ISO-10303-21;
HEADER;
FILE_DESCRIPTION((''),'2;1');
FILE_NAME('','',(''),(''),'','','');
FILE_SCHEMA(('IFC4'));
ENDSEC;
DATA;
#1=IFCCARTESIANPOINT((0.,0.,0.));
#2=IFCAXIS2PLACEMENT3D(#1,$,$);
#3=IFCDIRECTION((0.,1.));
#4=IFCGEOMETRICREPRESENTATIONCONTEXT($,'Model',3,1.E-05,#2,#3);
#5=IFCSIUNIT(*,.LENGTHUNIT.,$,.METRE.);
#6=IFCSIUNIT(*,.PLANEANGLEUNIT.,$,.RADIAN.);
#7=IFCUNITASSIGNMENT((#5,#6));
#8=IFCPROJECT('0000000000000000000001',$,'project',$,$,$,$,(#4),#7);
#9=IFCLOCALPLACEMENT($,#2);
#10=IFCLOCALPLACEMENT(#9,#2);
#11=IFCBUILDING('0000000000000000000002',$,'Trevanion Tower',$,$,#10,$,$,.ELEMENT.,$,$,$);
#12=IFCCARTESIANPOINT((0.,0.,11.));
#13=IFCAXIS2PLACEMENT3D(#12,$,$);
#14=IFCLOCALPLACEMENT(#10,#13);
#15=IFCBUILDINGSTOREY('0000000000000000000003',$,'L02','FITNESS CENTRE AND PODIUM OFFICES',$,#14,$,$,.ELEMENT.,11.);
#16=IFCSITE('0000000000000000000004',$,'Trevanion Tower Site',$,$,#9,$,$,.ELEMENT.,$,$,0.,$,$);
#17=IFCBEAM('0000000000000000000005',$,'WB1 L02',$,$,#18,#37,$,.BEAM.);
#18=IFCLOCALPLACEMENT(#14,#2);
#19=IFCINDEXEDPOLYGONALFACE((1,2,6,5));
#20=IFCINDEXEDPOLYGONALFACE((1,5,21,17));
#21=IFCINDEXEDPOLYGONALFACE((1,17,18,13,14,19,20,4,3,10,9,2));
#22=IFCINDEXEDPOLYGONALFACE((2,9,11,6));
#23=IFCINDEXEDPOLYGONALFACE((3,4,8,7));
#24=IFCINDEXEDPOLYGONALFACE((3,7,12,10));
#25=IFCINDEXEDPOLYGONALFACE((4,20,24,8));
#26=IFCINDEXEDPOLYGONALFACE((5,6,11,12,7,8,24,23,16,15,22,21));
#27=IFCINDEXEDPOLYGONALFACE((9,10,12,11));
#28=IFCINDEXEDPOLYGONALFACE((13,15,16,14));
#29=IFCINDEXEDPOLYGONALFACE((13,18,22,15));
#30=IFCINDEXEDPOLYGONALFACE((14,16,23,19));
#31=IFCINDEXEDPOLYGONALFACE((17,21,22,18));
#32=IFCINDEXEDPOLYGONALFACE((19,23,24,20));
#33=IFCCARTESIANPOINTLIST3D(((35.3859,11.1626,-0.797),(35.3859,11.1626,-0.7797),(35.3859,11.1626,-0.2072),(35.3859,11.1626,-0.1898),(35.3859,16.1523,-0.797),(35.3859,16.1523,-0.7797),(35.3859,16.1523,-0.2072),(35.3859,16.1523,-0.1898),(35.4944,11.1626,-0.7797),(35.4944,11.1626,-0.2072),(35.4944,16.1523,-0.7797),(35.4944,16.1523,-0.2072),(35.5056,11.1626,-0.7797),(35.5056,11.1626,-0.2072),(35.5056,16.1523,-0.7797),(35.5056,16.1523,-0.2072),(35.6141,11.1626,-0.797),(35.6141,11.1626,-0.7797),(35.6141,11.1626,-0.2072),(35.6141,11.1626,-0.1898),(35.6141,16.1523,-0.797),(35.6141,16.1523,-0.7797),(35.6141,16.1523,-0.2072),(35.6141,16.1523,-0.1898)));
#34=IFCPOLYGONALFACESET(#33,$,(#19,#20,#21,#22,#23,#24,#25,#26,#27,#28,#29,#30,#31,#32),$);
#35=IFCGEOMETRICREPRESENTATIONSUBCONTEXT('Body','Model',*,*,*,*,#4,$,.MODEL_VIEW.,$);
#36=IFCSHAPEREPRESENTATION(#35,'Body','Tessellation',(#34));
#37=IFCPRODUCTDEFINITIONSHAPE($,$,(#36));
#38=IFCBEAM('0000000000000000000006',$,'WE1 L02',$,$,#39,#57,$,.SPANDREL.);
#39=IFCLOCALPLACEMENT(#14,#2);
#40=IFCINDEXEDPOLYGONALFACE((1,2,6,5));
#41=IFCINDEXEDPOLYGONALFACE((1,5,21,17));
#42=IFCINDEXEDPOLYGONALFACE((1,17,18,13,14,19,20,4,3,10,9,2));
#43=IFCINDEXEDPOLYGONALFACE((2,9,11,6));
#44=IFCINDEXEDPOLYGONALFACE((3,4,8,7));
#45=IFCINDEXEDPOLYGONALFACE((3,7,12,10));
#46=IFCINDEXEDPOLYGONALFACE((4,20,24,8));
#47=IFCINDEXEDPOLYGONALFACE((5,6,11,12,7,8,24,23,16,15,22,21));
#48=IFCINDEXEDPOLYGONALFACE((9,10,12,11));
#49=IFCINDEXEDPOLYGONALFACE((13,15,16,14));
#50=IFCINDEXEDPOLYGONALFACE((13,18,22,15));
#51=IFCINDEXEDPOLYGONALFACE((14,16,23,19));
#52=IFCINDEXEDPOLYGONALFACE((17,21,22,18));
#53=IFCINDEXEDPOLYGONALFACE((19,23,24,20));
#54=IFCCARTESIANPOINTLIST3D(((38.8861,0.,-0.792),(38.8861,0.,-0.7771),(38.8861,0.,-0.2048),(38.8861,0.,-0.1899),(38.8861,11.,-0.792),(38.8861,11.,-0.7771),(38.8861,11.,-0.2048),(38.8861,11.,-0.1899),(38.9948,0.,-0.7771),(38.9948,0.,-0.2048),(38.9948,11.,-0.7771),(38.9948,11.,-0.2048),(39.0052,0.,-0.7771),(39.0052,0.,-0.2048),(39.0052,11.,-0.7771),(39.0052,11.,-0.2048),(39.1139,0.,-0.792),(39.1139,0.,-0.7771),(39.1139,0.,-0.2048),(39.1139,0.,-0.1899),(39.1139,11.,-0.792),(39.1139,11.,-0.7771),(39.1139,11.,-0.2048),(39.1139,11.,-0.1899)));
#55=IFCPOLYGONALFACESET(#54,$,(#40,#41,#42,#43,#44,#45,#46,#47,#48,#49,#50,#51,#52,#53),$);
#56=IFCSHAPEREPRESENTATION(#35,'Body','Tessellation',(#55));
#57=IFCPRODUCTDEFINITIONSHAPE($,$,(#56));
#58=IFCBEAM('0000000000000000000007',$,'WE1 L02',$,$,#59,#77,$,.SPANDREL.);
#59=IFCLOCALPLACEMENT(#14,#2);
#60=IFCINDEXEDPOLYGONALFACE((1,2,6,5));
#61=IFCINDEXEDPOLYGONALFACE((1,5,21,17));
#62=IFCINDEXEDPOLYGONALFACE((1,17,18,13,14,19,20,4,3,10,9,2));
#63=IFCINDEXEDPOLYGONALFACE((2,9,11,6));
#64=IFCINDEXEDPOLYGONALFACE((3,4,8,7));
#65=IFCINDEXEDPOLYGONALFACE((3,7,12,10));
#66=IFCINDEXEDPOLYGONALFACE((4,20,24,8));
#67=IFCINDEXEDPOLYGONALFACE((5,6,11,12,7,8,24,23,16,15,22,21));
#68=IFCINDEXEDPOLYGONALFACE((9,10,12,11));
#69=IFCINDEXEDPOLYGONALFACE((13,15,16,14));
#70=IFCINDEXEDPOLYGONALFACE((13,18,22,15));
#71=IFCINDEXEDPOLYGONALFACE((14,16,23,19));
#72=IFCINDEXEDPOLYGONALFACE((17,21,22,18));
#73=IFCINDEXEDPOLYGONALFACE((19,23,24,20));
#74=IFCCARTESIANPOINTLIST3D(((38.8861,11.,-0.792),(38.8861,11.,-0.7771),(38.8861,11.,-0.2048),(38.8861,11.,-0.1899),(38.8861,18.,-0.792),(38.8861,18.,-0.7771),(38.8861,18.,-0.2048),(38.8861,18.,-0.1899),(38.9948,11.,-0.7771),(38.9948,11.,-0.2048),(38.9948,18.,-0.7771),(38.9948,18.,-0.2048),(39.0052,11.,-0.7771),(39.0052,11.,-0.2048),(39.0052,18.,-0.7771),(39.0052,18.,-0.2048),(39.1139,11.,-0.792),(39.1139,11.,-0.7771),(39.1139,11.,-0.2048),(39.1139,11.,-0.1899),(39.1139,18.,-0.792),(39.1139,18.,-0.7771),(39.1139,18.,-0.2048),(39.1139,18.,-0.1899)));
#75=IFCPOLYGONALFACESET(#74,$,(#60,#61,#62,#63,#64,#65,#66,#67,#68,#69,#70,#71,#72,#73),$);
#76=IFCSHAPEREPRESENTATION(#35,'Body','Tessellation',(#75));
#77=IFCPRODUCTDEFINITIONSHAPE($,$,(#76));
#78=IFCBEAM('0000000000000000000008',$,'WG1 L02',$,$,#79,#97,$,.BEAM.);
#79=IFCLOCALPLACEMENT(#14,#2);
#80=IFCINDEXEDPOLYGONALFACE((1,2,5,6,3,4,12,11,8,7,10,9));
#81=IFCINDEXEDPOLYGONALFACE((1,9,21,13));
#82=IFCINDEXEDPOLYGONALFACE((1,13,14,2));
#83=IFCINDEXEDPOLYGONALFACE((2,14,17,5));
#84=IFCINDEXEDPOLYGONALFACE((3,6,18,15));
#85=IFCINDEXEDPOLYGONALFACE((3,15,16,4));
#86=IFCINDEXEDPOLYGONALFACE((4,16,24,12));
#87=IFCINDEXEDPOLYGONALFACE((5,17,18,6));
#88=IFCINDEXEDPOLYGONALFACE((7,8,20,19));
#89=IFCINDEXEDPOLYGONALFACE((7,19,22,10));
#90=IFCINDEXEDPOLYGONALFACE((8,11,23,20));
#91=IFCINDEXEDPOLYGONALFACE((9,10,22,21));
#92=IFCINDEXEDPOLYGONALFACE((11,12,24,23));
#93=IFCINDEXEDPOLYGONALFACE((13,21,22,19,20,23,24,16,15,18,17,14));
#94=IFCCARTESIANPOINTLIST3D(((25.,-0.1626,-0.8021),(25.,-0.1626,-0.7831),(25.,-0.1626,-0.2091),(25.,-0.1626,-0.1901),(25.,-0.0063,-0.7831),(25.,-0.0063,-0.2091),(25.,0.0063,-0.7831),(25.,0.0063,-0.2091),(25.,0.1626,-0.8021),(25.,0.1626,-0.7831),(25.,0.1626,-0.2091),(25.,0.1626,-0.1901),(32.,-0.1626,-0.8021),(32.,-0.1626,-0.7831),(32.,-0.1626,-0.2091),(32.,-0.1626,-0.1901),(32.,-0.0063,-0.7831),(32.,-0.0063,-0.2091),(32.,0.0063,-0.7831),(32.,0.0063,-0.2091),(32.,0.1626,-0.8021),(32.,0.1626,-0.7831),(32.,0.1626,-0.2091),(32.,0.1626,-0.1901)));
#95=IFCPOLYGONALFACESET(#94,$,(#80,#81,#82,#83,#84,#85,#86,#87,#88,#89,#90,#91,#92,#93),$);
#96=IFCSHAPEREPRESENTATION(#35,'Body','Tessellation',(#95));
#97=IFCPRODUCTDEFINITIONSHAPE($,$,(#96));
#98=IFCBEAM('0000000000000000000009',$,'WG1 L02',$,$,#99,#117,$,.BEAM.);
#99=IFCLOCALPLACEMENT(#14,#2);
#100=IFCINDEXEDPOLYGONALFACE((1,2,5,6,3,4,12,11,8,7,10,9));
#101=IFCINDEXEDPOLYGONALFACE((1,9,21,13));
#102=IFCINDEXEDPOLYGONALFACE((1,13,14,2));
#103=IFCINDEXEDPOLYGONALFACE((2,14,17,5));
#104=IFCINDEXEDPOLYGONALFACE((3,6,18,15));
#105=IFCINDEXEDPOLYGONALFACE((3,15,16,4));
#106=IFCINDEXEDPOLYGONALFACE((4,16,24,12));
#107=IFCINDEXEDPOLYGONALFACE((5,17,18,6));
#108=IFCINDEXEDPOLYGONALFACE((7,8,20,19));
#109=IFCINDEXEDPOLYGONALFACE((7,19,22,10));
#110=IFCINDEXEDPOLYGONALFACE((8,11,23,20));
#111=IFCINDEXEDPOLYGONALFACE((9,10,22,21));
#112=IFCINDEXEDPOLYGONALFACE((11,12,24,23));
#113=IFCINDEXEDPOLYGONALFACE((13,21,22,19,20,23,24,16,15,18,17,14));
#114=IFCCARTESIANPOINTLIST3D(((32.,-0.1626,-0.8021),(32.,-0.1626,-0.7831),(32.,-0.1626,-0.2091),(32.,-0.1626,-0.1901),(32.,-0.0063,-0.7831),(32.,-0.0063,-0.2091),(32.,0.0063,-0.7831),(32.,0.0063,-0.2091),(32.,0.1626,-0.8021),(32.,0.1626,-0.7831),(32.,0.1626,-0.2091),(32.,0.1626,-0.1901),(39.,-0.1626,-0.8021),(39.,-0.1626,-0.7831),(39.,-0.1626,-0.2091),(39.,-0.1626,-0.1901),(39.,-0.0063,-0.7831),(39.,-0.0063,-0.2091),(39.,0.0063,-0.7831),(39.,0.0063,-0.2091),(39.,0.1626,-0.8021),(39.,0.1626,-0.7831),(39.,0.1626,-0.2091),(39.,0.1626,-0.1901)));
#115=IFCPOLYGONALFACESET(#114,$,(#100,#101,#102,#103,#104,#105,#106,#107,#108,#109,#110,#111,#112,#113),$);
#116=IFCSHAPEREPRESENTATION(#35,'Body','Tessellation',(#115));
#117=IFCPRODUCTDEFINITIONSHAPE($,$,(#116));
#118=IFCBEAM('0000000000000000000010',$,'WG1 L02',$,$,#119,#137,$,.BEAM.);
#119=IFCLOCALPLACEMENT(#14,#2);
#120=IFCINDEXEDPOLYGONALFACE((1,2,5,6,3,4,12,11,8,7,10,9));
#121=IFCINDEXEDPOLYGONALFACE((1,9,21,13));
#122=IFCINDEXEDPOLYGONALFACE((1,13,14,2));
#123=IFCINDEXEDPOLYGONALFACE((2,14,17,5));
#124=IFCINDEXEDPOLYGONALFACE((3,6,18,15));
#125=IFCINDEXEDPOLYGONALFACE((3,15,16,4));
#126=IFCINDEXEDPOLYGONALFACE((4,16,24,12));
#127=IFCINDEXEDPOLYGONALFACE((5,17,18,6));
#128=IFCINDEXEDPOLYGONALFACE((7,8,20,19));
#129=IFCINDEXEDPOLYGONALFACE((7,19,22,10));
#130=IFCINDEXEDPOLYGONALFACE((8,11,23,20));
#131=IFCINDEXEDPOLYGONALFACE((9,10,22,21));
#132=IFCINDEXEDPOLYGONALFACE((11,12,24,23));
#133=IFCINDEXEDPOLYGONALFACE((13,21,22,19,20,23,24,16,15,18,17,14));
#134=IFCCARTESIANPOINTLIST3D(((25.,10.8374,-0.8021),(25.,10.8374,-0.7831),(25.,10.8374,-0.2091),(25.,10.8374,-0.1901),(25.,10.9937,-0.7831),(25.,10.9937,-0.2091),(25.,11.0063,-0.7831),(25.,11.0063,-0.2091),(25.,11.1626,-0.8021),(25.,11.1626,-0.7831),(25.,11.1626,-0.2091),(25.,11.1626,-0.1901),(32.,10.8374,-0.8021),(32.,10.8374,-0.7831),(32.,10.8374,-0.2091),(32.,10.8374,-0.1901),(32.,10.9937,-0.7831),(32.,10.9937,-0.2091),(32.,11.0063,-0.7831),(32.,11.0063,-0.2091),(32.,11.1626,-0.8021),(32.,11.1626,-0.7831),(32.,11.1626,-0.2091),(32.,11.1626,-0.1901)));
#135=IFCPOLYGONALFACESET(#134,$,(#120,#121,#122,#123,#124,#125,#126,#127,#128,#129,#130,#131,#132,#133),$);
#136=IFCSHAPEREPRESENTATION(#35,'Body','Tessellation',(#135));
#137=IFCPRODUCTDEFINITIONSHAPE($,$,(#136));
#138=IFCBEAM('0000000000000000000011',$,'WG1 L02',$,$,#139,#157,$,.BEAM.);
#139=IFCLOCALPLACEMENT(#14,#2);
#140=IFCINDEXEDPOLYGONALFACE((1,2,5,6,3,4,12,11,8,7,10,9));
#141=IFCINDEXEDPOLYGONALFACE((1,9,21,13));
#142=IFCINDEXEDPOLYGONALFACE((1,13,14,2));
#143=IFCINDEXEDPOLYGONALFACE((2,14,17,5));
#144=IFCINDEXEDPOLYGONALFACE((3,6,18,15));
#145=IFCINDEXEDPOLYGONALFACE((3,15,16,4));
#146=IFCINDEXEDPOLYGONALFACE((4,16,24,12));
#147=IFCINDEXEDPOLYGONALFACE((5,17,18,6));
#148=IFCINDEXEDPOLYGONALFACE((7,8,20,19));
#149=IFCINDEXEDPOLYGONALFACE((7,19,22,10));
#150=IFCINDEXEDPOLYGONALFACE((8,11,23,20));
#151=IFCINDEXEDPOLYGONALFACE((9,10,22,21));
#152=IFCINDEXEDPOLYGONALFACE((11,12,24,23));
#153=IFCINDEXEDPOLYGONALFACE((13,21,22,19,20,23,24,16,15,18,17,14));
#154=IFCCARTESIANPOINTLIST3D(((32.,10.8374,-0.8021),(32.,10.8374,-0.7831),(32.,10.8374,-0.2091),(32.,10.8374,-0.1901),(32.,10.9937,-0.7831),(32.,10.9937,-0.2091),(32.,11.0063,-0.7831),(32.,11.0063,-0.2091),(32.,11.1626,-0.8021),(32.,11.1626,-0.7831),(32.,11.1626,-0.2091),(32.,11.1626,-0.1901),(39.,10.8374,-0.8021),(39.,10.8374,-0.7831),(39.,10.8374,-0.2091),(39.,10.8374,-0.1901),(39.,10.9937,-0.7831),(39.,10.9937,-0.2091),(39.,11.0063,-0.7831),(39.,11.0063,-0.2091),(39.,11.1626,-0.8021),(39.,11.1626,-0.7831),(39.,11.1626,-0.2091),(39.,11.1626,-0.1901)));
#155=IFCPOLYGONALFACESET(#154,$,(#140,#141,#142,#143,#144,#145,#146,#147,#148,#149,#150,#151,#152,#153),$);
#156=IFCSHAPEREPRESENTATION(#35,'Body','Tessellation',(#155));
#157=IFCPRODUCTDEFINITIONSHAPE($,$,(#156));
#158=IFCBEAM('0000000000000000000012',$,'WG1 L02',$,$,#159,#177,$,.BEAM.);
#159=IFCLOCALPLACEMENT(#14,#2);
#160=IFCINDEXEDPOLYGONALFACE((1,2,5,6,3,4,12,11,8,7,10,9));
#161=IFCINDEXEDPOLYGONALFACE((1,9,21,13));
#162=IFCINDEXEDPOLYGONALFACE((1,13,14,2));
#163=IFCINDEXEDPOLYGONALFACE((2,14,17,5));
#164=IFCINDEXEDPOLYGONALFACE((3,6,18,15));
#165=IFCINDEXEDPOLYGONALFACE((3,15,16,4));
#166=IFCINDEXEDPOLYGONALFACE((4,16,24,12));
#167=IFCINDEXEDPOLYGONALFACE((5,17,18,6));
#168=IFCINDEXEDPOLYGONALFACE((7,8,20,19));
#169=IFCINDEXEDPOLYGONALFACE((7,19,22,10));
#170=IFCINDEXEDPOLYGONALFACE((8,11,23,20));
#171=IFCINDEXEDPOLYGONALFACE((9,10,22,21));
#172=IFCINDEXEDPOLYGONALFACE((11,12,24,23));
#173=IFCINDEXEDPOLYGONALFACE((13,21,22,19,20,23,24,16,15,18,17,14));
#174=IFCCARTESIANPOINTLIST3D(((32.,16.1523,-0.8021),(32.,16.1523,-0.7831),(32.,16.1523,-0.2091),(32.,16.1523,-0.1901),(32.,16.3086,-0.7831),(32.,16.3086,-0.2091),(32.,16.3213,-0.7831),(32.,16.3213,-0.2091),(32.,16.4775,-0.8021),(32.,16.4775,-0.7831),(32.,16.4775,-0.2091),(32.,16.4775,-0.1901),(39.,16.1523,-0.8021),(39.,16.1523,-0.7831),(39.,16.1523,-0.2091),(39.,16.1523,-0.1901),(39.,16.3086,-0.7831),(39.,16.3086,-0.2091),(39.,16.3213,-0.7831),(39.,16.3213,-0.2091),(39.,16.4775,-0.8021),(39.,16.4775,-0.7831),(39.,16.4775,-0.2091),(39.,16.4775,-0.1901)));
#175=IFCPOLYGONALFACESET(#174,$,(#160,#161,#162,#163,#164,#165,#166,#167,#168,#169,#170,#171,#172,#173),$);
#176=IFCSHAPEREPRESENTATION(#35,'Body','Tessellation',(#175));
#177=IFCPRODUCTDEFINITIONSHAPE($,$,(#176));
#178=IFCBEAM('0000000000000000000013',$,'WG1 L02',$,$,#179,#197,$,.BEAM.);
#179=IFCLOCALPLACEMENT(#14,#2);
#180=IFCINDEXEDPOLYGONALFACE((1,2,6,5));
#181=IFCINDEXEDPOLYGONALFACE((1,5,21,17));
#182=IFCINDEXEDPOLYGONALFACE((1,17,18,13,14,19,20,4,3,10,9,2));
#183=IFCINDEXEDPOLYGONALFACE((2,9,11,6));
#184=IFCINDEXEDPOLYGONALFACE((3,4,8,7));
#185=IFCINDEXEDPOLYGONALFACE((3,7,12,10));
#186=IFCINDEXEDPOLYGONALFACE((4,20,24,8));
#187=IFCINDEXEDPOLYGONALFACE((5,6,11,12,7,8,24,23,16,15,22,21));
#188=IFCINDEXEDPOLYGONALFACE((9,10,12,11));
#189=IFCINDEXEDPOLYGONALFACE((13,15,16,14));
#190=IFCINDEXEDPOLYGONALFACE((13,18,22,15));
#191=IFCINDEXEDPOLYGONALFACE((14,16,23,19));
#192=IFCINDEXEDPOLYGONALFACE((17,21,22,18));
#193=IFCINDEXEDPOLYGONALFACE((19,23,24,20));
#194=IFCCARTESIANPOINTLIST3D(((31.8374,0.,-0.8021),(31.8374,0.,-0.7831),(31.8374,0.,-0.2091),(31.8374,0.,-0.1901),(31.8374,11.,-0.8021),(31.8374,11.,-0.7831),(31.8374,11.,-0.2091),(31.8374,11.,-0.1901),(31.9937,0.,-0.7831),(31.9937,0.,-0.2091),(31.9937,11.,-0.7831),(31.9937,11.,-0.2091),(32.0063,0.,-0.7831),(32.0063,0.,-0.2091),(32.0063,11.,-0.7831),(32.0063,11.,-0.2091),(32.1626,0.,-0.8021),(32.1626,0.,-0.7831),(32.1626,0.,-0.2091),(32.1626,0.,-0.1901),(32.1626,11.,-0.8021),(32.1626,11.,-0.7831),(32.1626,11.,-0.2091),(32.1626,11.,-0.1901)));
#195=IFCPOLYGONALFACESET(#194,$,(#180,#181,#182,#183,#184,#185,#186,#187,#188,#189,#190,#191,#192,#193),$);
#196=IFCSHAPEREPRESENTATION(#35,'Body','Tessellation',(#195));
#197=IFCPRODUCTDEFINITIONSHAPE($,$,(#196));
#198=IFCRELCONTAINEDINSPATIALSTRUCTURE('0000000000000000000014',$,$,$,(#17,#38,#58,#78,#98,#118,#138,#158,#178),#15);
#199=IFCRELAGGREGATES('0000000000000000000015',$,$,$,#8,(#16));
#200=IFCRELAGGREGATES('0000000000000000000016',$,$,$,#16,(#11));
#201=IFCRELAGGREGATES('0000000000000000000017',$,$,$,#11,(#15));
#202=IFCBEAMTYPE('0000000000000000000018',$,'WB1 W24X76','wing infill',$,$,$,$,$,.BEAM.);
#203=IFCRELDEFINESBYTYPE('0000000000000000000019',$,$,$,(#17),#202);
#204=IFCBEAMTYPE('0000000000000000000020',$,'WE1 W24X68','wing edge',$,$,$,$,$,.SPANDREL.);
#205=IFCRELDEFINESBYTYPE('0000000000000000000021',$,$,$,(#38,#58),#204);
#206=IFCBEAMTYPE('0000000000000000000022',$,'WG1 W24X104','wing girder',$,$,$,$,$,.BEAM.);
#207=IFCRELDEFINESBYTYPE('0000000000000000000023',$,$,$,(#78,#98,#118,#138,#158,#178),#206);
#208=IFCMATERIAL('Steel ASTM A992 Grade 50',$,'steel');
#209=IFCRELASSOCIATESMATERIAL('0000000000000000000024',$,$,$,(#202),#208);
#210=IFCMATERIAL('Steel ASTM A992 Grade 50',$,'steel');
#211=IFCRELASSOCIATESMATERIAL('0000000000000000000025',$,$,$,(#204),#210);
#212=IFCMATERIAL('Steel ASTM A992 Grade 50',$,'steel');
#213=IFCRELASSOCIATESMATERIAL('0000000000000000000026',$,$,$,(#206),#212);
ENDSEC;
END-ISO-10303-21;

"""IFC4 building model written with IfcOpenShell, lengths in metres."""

from ifc_helpers import new_model, si_unit, direction, frame, origin, origin_2d, place, context, subcontext, project, spatial, i_section, extrude, material, material_profile, profile_set, type_object, element, save


model = new_model("IFC4")

# Units and contexts
model_context = context("Model", 3, precision=1e-05, world=origin(), true_north=direction((0.0, 1.0)))
body_context = subcontext(model_context, "Body", "Model", "MODEL_VIEW")
ifc_project = project(units=[si_unit("LENGTHUNIT", "METRE"), si_unit("PLANEANGLEUNIT", "RADIAN")], contexts=[model_context])

# Site, building, storey
site_placement = place(None, origin())
site = spatial("IfcSite", under=ifc_project, at=site_placement, Name="Trevanion Tower Site", CompositionType="ELEMENT", RefElevation=0.0)
building_placement = place(site_placement, origin())
building = spatial("IfcBuilding", under=site, at=building_placement, Name="Trevanion Tower", CompositionType="ELEMENT")
storey_placement = place(building_placement, frame((0.0, 0.0, 11.0)))
storey = spatial("IfcBuildingStorey", under=building, at=storey_placement, Name="L02", Description="FITNESS CENTRE AND PODIUM OFFICES", CompositionType="ELEMENT", Elevation=11.0)

# Beams
ifc_material_1 = material(Name="Steel ASTM A992 Grade 50", Category="steel")
ifc_material_profile_1 = material_profile(ifc_material_1, i_section(OverallWidth=0.2283, OverallDepth=0.6072, WebThickness=0.0112, FlangeThickness=0.0173, at=origin_2d()), Name="W24X76")
ifc_profile_set_1 = profile_set([ifc_material_profile_1], Name="Steel ASTM A992 Grade 50")
beam_type_1 = type_object("IfcBeamType", Name="WB1 W24X76", Description="wing infill", PredefinedType="BEAM", material=ifc_profile_set_1)
beam_1_placement = place(storey_placement, frame((35.5, 11.1626, -0.4934), z_axis=(0.0, 1.0, 0.0), x_axis=(-1.0, 0.0, 0.0)))
element("IfcBeam", 1, at=beam_1_placement, inside=storey, type_object=beam_type_1, Name="WB1 L02", PredefinedType="BEAM", context=body_context, shape_type="SweptSolid", body=[
    extrude(i_section(OverallWidth=0.2283, OverallDepth=0.6072, WebThickness=0.0112, FlangeThickness=0.0173, at=origin_2d()), origin(), (0.0, 0.0, 1.0), 4.9897),
])
ifc_material_2 = material(Name="Steel ASTM A992 Grade 50", Category="steel")
ifc_material_profile_2 = material_profile(ifc_material_2, i_section(OverallWidth=0.2278, OverallDepth=0.6021, WebThickness=0.0105, FlangeThickness=0.0149, at=origin_2d()), Name="W24X68")
ifc_profile_set_2 = profile_set([ifc_material_profile_2], Name="Steel ASTM A992 Grade 50")
beam_type_2 = type_object("IfcBeamType", Name="WE1 W24X68", Description="wing edge", PredefinedType="SPANDREL", material=ifc_profile_set_2)
beam_2_placement = place(storey_placement, frame((39.0, 0.0, -0.491), z_axis=(0.0, 1.0, 0.0), x_axis=(-1.0, 0.0, 0.0)))
element("IfcBeam", 2, at=beam_2_placement, inside=storey, type_object=beam_type_2, Name="WE1 L02", PredefinedType="SPANDREL", context=body_context, shape_type="SweptSolid", body=[
    extrude(i_section(OverallWidth=0.2278, OverallDepth=0.6021, WebThickness=0.0105, FlangeThickness=0.0149, at=origin_2d()), origin(), (0.0, 0.0, 1.0), 11.0),
])
beam_3_placement = place(storey_placement, frame((39.0, 11.0, -0.491), z_axis=(0.0, 1.0, 0.0), x_axis=(-1.0, 0.0, 0.0)))
element("IfcBeam", 3, at=beam_3_placement, inside=storey, type_object=beam_type_2, Name="WE1 L02", PredefinedType="SPANDREL", context=body_context, shape_type="SweptSolid", body=[
    extrude(i_section(OverallWidth=0.2278, OverallDepth=0.6021, WebThickness=0.0105, FlangeThickness=0.0149, at=origin_2d()), origin(), (0.0, 0.0, 1.0), 7.0),
])
ifc_material_3 = material(Name="Steel ASTM A992 Grade 50", Category="steel")
ifc_material_profile_3 = material_profile(ifc_material_3, i_section(OverallWidth=0.3252, OverallDepth=0.6121, WebThickness=0.0127, FlangeThickness=0.019, at=origin_2d()), Name="W24X104")
ifc_profile_set_3 = profile_set([ifc_material_profile_3], Name="Steel ASTM A992 Grade 50")
beam_type_3 = type_object("IfcBeamType", Name="WG1 W24X104", Description="wing girder", PredefinedType="BEAM", material=ifc_profile_set_3)
for number, where, z_axis, x_axis, name in (
    (4, (25.0, 0.0, -0.4961), (1.0, 0.0, 0.0), (0.0, 1.0, 0.0), "WG1 L02"),
    (5, (32.0, 0.0, -0.4961), (1.0, 0.0, 0.0), (0.0, 1.0, 0.0), "WG1 L02"),
    (6, (25.0, 11.0, -0.4961), (1.0, 0.0, 0.0), (0.0, 1.0, 0.0), "WG1 L02"),
    (7, (32.0, 11.0, -0.4961), (1.0, 0.0, 0.0), (0.0, 1.0, 0.0), "WG1 L02"),
    (8, (32.0, 16.3149, -0.4961), (1.0, 0.0, 0.0), (0.0, 1.0, 0.0), "WG1 L02"),
):
    element("IfcBeam", number, at=place(storey_placement, frame(where, z_axis=z_axis, x_axis=x_axis)), inside=storey, type_object=beam_type_3, Name=name, PredefinedType="BEAM", context=body_context, shape_type="SweptSolid", body=[
        extrude(i_section(OverallWidth=0.3252, OverallDepth=0.6121, WebThickness=0.0127, FlangeThickness=0.019, at=origin_2d()), origin(), (0.0, 0.0, 1.0), 7.0),
    ])
beam_4_placement = place(storey_placement, frame((32.0, 0.0, -0.4961), z_axis=(0.0, 1.0, 0.0), x_axis=(-1.0, 0.0, 0.0)))
element("IfcBeam", 9, at=beam_4_placement, inside=storey, type_object=beam_type_3, Name="WG1 L02", PredefinedType="BEAM", context=body_context, shape_type="SweptSolid", body=[
    extrude(i_section(OverallWidth=0.3252, OverallDepth=0.6121, WebThickness=0.0127, FlangeThickness=0.019, at=origin_2d()), origin(), (0.0, 0.0, 1.0), 11.0),
])

save(model, "model.ifc")
